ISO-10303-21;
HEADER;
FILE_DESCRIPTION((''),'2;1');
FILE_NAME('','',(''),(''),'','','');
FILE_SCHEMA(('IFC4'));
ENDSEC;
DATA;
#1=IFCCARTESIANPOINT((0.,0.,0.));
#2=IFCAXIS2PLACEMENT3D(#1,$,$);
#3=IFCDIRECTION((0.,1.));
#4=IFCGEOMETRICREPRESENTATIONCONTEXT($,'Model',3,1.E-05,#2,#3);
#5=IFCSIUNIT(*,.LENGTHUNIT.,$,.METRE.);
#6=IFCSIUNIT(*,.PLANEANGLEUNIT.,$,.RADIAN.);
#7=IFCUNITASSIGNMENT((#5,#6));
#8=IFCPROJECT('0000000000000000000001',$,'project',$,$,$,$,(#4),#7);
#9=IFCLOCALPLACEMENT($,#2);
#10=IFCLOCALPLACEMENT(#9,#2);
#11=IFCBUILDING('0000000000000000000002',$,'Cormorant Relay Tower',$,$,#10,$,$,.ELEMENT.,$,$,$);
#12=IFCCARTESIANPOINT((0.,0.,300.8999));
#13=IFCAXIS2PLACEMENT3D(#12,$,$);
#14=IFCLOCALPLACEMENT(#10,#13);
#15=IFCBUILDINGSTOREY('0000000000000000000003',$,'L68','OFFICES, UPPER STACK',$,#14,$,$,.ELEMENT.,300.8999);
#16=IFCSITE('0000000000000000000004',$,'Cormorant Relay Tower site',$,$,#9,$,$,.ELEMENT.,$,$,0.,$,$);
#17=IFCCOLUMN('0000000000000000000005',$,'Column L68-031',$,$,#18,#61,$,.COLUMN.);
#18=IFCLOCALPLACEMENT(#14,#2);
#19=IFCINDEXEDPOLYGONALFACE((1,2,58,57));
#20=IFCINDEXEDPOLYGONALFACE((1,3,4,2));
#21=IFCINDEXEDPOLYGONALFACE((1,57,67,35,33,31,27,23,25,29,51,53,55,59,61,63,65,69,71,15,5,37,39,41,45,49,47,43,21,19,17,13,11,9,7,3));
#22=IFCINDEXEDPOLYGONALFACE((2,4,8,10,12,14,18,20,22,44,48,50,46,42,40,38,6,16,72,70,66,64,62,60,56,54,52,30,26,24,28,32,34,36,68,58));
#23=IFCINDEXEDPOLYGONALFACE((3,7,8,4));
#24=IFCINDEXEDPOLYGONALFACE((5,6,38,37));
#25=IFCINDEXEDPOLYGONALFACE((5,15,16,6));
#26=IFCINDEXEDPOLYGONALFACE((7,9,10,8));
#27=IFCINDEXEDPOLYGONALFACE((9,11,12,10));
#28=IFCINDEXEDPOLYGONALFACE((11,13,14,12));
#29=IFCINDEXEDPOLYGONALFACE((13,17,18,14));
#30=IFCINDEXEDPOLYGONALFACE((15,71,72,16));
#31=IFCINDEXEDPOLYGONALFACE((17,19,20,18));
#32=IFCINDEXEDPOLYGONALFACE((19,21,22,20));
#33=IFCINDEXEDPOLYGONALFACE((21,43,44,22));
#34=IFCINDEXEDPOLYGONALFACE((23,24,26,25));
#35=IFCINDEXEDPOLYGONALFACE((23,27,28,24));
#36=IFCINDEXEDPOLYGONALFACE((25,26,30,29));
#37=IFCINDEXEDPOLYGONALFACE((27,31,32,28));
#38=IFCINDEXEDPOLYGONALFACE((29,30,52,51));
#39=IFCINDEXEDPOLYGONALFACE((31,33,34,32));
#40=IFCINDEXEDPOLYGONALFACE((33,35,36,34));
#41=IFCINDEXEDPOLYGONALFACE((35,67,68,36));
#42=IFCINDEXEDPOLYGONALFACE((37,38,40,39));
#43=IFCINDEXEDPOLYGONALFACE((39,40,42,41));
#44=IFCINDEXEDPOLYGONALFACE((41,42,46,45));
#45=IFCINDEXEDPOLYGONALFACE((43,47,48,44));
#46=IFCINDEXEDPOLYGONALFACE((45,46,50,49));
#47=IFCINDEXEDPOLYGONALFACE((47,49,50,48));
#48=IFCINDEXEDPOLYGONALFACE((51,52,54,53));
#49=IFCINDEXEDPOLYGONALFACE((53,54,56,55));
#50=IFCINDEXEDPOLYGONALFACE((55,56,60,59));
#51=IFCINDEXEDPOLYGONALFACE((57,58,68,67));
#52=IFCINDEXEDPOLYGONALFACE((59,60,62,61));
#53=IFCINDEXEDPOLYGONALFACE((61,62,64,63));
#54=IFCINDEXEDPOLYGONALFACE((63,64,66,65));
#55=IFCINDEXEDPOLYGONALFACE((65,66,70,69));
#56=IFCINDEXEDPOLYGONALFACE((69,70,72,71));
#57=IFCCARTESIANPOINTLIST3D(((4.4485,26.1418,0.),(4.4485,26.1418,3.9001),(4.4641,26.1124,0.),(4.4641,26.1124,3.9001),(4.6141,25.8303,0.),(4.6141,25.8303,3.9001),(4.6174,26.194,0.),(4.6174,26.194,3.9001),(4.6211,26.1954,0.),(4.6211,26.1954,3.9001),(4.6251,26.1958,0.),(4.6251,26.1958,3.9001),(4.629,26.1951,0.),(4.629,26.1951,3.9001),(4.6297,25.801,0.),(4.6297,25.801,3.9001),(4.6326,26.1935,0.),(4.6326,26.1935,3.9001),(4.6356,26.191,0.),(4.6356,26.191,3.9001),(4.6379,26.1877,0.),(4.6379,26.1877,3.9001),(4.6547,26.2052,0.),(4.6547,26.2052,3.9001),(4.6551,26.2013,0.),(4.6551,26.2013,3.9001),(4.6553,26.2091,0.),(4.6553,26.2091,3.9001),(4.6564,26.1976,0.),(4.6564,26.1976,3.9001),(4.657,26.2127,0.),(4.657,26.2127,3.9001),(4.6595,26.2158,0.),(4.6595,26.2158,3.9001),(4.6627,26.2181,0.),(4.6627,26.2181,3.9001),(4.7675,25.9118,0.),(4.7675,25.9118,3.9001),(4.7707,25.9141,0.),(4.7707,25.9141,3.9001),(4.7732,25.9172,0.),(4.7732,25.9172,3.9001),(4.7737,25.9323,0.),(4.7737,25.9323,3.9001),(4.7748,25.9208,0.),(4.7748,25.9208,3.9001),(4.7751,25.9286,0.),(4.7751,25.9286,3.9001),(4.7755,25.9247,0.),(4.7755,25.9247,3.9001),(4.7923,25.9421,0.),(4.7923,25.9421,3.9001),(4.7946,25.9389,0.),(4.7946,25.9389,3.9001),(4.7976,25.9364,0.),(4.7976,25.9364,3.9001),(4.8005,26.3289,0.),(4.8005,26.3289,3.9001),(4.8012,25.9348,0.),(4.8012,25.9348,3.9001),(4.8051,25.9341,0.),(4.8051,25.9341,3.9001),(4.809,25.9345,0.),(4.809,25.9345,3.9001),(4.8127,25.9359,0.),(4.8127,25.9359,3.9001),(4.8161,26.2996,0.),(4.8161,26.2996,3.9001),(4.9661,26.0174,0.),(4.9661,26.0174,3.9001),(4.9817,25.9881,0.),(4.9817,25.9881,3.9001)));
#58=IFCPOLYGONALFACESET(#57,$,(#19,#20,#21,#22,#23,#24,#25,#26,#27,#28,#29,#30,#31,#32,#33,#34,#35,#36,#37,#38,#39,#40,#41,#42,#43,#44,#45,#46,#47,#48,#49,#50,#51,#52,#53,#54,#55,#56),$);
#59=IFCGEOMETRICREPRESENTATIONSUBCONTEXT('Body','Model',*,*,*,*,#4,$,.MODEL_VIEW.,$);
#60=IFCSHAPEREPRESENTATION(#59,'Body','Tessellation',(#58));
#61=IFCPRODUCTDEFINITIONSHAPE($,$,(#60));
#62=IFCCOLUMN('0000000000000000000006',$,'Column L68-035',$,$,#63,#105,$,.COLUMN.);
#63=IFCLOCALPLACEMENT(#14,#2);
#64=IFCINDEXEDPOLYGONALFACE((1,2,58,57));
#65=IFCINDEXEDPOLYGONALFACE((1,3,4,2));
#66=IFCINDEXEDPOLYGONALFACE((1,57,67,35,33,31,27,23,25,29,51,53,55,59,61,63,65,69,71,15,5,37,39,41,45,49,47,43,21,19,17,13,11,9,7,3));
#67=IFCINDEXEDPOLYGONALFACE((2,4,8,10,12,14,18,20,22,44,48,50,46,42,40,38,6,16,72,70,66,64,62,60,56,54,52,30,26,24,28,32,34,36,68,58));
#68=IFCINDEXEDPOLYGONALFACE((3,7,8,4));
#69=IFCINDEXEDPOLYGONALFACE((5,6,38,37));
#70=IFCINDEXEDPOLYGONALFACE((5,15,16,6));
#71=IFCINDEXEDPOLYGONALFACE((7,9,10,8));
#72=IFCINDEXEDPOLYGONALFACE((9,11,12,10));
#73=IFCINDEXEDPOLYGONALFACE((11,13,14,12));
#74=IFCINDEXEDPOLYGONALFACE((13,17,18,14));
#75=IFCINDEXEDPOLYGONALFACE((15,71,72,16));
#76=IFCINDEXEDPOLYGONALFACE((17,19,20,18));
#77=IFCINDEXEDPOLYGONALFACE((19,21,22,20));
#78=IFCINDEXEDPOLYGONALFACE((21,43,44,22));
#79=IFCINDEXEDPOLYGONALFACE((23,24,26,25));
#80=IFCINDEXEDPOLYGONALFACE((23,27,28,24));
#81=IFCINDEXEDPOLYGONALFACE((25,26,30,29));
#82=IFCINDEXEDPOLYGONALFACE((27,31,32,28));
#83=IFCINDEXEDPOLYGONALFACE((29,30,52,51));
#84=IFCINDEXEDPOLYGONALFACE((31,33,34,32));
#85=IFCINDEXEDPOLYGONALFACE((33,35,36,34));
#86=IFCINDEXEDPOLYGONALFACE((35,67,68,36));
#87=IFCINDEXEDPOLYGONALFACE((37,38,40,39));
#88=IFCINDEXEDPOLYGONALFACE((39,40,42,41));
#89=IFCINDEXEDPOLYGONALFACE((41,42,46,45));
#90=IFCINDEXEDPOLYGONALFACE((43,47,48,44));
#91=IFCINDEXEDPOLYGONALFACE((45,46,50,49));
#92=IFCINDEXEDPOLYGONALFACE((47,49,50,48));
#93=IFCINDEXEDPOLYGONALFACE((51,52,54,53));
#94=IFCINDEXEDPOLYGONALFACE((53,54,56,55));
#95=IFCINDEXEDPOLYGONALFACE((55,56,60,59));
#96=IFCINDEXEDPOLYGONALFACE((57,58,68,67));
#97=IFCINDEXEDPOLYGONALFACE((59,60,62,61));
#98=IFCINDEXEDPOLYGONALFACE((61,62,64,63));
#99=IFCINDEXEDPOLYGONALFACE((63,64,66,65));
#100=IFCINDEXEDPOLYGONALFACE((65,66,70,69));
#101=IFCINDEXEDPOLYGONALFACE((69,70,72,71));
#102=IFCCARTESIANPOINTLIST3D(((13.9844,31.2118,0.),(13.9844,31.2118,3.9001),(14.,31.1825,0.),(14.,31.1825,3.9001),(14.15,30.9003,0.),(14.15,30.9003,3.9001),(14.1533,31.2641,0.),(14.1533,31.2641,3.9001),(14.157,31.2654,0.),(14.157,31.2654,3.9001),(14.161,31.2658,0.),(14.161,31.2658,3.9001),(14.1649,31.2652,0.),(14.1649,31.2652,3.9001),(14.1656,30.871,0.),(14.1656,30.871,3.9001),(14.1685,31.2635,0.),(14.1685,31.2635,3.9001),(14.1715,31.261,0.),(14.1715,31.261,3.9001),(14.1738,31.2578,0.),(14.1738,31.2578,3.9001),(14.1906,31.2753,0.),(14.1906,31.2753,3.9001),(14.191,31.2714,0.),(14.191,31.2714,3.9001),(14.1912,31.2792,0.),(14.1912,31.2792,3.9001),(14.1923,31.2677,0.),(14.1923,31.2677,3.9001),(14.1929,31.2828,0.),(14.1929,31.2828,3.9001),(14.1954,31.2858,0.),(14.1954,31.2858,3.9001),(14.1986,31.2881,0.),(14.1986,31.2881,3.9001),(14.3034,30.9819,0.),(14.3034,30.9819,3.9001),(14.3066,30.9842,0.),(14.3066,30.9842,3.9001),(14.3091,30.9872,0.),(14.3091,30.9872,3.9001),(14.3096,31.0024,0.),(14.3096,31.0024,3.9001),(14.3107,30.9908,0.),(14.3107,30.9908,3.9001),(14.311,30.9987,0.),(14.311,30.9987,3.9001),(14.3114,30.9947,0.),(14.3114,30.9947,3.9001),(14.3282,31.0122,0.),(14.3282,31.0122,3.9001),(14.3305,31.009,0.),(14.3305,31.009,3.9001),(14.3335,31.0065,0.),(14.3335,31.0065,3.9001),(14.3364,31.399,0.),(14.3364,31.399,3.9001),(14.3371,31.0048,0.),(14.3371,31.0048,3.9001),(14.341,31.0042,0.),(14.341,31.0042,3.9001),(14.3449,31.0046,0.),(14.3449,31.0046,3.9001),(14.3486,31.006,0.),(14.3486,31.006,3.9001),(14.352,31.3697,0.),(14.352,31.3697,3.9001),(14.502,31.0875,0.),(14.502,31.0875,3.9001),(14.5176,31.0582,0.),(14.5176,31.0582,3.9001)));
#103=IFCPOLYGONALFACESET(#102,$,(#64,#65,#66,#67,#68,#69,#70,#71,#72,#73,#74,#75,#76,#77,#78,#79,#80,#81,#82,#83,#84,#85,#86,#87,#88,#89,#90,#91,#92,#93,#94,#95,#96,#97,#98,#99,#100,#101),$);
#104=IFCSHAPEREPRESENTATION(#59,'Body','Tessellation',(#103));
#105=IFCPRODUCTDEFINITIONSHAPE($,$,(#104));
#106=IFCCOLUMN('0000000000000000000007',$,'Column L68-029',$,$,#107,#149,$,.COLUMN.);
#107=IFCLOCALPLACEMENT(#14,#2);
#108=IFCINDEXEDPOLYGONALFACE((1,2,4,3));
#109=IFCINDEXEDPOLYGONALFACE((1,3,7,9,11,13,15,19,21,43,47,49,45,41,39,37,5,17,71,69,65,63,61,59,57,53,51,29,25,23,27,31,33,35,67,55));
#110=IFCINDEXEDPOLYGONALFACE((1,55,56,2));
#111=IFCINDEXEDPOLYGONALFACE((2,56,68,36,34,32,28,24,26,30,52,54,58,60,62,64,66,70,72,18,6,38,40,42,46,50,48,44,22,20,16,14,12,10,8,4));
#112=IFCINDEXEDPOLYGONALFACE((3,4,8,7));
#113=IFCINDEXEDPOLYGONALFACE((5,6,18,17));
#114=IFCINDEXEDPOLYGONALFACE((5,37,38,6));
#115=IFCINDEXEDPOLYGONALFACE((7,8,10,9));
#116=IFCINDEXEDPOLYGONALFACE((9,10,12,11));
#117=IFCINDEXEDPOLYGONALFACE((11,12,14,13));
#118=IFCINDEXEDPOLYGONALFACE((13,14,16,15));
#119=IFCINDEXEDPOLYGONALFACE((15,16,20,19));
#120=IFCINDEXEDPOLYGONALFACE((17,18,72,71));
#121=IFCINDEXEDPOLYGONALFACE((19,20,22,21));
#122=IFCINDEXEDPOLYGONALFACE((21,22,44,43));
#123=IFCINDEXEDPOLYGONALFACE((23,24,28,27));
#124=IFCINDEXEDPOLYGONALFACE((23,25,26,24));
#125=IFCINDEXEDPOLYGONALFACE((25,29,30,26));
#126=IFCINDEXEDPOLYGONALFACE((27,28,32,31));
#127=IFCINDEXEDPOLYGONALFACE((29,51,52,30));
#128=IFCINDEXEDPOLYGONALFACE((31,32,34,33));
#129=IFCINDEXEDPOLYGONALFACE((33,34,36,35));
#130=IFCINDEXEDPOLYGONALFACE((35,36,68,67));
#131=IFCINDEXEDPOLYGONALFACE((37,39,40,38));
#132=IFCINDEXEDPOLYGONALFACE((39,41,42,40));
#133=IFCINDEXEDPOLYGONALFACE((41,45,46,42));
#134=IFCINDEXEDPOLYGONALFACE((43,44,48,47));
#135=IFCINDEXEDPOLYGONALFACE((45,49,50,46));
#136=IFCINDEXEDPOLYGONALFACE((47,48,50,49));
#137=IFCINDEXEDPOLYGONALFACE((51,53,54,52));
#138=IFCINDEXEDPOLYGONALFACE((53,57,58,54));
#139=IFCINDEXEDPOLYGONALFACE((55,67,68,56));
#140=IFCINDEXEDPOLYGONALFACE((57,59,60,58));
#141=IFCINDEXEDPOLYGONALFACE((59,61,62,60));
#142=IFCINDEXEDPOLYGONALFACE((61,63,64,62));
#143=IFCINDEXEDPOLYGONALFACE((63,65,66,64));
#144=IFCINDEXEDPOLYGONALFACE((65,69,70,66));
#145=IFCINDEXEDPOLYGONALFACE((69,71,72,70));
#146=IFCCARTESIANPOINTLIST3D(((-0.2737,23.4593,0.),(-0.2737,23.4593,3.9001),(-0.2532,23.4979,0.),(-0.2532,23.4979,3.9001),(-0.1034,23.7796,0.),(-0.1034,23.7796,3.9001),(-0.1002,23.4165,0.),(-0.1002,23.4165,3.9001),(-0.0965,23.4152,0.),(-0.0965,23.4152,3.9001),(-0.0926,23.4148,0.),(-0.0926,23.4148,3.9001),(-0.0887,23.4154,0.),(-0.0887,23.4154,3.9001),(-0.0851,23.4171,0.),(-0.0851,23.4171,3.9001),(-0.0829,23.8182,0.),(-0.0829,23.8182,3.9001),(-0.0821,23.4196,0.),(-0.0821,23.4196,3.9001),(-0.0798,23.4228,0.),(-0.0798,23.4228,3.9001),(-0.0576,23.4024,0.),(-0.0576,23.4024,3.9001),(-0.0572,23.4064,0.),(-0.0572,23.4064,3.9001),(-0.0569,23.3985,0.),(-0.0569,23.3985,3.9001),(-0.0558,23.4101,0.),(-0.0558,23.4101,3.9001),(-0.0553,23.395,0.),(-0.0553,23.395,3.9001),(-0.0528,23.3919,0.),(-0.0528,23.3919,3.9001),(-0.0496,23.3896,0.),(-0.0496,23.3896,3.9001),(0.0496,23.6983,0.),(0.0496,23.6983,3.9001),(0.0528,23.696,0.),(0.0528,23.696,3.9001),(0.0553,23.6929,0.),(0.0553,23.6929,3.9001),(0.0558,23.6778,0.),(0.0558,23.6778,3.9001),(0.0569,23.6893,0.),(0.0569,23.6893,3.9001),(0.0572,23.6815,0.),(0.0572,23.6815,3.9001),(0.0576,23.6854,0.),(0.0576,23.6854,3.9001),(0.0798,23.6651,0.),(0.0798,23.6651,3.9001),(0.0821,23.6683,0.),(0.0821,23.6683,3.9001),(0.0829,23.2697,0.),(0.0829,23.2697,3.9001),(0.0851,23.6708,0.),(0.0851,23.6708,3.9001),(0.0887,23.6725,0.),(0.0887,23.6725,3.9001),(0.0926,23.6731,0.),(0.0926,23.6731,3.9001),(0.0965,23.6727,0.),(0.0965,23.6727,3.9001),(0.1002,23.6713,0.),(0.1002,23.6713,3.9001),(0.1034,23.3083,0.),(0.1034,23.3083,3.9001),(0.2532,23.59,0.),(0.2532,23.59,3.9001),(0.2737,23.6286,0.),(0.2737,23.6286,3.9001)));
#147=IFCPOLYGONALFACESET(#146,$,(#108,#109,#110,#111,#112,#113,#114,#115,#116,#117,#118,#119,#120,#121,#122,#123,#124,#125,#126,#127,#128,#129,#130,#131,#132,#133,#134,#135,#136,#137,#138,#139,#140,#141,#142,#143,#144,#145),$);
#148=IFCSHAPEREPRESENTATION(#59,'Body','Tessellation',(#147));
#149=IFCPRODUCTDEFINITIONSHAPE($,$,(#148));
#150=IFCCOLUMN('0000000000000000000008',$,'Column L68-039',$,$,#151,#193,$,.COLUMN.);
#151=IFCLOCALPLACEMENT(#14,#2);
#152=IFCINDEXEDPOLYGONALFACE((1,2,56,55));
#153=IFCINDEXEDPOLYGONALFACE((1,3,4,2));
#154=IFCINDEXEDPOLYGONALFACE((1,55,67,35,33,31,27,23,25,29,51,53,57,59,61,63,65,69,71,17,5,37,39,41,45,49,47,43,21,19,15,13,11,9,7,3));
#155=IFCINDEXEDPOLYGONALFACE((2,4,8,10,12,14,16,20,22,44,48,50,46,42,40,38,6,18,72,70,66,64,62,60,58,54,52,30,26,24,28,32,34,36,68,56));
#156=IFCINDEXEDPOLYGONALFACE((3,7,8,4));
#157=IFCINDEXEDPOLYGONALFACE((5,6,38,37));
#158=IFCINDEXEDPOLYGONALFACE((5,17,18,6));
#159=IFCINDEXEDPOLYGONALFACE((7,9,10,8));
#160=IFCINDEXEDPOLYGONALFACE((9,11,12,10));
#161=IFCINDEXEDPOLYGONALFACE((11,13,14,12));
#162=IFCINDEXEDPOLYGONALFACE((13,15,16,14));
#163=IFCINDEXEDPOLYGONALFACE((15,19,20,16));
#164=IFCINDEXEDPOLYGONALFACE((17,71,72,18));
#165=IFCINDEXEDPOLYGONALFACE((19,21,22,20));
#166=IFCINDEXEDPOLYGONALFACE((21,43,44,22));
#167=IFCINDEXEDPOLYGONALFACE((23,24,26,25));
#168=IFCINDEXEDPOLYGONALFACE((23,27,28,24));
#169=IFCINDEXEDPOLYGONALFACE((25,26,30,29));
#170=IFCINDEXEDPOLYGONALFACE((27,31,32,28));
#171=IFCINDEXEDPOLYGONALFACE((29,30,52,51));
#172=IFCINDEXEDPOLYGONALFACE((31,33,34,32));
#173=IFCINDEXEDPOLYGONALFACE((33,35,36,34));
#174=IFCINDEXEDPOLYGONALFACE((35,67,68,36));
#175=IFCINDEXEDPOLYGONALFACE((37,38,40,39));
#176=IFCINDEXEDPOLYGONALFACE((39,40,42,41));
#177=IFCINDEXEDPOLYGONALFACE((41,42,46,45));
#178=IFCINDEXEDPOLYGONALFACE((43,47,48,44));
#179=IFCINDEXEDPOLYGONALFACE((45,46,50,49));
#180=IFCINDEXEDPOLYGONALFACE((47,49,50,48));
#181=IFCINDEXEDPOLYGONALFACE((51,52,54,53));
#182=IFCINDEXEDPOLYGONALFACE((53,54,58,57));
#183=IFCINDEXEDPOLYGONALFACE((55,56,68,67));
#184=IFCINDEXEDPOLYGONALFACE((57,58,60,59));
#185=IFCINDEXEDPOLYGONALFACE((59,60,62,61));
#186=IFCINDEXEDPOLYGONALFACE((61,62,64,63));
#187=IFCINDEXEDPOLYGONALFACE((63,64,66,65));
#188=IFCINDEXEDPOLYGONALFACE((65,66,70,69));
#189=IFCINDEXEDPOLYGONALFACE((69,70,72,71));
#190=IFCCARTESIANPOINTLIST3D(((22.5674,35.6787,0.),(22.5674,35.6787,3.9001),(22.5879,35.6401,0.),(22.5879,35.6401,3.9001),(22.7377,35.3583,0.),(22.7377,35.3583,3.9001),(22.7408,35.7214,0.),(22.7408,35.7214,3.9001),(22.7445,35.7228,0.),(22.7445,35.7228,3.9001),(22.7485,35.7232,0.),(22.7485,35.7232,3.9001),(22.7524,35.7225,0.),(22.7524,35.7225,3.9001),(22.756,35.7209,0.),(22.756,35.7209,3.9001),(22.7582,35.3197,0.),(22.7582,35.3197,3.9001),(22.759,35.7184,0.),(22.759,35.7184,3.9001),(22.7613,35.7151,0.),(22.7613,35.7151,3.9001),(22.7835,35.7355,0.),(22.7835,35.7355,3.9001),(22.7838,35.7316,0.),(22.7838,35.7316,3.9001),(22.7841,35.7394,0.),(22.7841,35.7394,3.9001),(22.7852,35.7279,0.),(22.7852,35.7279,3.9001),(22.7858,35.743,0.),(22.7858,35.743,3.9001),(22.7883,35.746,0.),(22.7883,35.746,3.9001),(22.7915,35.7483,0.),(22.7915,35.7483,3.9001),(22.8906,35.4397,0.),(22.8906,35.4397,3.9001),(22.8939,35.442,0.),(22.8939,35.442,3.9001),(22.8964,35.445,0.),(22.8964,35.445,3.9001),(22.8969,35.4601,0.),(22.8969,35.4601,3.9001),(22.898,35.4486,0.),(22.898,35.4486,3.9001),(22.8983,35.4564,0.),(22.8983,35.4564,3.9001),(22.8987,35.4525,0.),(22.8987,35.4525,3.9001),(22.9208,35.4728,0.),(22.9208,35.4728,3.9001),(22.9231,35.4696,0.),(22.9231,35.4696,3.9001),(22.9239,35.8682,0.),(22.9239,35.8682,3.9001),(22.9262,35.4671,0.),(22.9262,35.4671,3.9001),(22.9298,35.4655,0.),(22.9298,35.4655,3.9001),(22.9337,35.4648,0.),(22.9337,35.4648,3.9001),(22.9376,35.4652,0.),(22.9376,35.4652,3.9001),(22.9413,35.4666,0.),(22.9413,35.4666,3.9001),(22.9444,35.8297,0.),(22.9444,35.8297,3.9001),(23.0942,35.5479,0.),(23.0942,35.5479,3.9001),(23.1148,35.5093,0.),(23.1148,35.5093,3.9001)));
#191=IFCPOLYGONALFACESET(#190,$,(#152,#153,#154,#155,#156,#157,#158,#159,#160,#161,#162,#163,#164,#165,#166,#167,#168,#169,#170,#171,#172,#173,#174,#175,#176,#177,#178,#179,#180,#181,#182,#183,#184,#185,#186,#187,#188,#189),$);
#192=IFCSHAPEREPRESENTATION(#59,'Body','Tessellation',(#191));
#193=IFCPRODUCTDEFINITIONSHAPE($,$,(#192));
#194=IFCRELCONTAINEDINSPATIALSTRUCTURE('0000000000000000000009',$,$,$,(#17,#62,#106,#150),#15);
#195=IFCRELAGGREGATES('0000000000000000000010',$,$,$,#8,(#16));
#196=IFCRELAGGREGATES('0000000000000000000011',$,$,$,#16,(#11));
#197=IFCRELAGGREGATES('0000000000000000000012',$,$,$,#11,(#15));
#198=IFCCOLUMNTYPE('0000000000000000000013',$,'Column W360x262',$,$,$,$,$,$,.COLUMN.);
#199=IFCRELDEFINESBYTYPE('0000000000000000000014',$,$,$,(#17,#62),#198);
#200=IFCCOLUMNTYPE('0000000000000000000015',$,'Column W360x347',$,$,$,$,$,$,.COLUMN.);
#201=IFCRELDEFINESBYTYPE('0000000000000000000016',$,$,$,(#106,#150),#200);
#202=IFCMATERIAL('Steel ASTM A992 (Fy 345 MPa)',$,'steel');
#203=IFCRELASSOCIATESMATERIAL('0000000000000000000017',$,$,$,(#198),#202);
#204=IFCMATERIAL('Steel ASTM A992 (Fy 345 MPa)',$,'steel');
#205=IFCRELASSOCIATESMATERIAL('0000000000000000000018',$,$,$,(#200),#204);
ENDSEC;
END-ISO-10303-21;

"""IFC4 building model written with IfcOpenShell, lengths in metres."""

from ifc_helpers import new_model, si_unit, direction, frame, origin, origin_2d, place, context, subcontext, project, spatial, i_section, extrude, material, material_profile, profile_set, type_object, element, save


model = new_model("IFC4")

# Units and contexts
model_context = context("Model", 3, precision=1e-05, world=origin(), true_north=direction((0.0, 1.0)))
body_context = subcontext(model_context, "Body", "Model", "MODEL_VIEW")
ifc_project = project(units=[si_unit("LENGTHUNIT", "METRE"), si_unit("PLANEANGLEUNIT", "RADIAN")], contexts=[model_context])

# Site, building, storey
site_placement = place(None, origin())
site = spatial("IfcSite", under=ifc_project, at=site_placement, Name="Cormorant Relay Tower site", CompositionType="ELEMENT", RefElevation=0.0)
building_placement = place(site_placement, origin())
building = spatial("IfcBuilding", under=site, at=building_placement, Name="Cormorant Relay Tower", CompositionType="ELEMENT")
storey_placement = place(building_placement, frame((0.0, 0.0, 300.8999)))
storey = spatial("IfcBuildingStorey", under=building, at=storey_placement, Name="L68", Description="OFFICES, UPPER STACK", CompositionType="ELEMENT", Elevation=300.8999)

# Columns
ifc_material_1 = material(Name="Steel ASTM A992 (Fy 345 MPa)", Category="steel")
ifc_material_profile_1 = material_profile(ifc_material_1, i_section(OverallWidth=0.3987, OverallDepth=0.386, WebThickness=0.021, FlangeThickness=0.0332, FilletRadius=0.0151, at=origin_2d()), Name="W360x262")
ifc_profile_set_1 = profile_set([ifc_material_profile_1], Name="Steel ASTM A992 (Fy 345 MPa)")
column_type_1 = type_object("IfcColumnType", Name="Column W360x262", PredefinedType="COLUMN", material=ifc_profile_set_1)
for number, where, z_axis, x_axis, name in (
    (1, (4.7151, 26.0649, 0.0), (0.0, 0.0, 1.0), (-0.882948, -0.469472, 0.0), "Column L68-031"),
    (2, (14.251, 31.135, 0.0), (0.0, 0.0, 1.0), (-0.882948, -0.469472, 0.0), "Column L68-035"),
):
    element("IfcColumn", number, at=place(storey_placement, frame(where, z_axis=z_axis, x_axis=x_axis)), inside=storey, type_object=column_type_1, Name=name, PredefinedType="COLUMN", context=body_context, shape_type="SweptSolid", body=[
        extrude(i_section(OverallWidth=0.3987, OverallDepth=0.386, WebThickness=0.021, FlangeThickness=0.0332, FilletRadius=0.0151, at=origin_2d()), origin(), (0.0, 0.0, 1.0), 3.9001),
    ])
ifc_material_2 = material(Name="Steel ASTM A992 (Fy 345 MPa)", Category="steel")
ifc_material_profile_2 = material_profile(ifc_material_2, i_section(OverallWidth=0.4038, OverallDepth=0.4065, WebThickness=0.0271, FlangeThickness=0.0437, FilletRadius=0.0151, at=origin_2d()), Name="W360x347")
ifc_profile_set_2 = profile_set([ifc_material_profile_2], Name="Steel ASTM A992 (Fy 345 MPa)")
column_type_2 = type_object("IfcColumnType", Name="Column W360x347", PredefinedType="COLUMN", material=ifc_profile_set_2)
for number, where, z_axis, x_axis, name in (
    (3, (0.0, 23.5439, 0.0), (0.0, 0.0, 1.0), (-0.882948, 0.469472, 0.0), "Column L68-029"),
    (4, (22.8411, 35.594, 0.0), (0.0, 0.0, 1.0), (-0.882948, -0.469472, 0.0), "Column L68-039"),
):
    element("IfcColumn", number, at=place(storey_placement, frame(where, z_axis=z_axis, x_axis=x_axis)), inside=storey, type_object=column_type_2, Name=name, PredefinedType="COLUMN", context=body_context, shape_type="SweptSolid", body=[
        extrude(i_section(OverallWidth=0.4038, OverallDepth=0.4065, WebThickness=0.0271, FlangeThickness=0.0437, FilletRadius=0.0151, at=origin_2d()), origin(), (0.0, 0.0, 1.0), 3.9001),
    ])

save(model, "model.ifc")
